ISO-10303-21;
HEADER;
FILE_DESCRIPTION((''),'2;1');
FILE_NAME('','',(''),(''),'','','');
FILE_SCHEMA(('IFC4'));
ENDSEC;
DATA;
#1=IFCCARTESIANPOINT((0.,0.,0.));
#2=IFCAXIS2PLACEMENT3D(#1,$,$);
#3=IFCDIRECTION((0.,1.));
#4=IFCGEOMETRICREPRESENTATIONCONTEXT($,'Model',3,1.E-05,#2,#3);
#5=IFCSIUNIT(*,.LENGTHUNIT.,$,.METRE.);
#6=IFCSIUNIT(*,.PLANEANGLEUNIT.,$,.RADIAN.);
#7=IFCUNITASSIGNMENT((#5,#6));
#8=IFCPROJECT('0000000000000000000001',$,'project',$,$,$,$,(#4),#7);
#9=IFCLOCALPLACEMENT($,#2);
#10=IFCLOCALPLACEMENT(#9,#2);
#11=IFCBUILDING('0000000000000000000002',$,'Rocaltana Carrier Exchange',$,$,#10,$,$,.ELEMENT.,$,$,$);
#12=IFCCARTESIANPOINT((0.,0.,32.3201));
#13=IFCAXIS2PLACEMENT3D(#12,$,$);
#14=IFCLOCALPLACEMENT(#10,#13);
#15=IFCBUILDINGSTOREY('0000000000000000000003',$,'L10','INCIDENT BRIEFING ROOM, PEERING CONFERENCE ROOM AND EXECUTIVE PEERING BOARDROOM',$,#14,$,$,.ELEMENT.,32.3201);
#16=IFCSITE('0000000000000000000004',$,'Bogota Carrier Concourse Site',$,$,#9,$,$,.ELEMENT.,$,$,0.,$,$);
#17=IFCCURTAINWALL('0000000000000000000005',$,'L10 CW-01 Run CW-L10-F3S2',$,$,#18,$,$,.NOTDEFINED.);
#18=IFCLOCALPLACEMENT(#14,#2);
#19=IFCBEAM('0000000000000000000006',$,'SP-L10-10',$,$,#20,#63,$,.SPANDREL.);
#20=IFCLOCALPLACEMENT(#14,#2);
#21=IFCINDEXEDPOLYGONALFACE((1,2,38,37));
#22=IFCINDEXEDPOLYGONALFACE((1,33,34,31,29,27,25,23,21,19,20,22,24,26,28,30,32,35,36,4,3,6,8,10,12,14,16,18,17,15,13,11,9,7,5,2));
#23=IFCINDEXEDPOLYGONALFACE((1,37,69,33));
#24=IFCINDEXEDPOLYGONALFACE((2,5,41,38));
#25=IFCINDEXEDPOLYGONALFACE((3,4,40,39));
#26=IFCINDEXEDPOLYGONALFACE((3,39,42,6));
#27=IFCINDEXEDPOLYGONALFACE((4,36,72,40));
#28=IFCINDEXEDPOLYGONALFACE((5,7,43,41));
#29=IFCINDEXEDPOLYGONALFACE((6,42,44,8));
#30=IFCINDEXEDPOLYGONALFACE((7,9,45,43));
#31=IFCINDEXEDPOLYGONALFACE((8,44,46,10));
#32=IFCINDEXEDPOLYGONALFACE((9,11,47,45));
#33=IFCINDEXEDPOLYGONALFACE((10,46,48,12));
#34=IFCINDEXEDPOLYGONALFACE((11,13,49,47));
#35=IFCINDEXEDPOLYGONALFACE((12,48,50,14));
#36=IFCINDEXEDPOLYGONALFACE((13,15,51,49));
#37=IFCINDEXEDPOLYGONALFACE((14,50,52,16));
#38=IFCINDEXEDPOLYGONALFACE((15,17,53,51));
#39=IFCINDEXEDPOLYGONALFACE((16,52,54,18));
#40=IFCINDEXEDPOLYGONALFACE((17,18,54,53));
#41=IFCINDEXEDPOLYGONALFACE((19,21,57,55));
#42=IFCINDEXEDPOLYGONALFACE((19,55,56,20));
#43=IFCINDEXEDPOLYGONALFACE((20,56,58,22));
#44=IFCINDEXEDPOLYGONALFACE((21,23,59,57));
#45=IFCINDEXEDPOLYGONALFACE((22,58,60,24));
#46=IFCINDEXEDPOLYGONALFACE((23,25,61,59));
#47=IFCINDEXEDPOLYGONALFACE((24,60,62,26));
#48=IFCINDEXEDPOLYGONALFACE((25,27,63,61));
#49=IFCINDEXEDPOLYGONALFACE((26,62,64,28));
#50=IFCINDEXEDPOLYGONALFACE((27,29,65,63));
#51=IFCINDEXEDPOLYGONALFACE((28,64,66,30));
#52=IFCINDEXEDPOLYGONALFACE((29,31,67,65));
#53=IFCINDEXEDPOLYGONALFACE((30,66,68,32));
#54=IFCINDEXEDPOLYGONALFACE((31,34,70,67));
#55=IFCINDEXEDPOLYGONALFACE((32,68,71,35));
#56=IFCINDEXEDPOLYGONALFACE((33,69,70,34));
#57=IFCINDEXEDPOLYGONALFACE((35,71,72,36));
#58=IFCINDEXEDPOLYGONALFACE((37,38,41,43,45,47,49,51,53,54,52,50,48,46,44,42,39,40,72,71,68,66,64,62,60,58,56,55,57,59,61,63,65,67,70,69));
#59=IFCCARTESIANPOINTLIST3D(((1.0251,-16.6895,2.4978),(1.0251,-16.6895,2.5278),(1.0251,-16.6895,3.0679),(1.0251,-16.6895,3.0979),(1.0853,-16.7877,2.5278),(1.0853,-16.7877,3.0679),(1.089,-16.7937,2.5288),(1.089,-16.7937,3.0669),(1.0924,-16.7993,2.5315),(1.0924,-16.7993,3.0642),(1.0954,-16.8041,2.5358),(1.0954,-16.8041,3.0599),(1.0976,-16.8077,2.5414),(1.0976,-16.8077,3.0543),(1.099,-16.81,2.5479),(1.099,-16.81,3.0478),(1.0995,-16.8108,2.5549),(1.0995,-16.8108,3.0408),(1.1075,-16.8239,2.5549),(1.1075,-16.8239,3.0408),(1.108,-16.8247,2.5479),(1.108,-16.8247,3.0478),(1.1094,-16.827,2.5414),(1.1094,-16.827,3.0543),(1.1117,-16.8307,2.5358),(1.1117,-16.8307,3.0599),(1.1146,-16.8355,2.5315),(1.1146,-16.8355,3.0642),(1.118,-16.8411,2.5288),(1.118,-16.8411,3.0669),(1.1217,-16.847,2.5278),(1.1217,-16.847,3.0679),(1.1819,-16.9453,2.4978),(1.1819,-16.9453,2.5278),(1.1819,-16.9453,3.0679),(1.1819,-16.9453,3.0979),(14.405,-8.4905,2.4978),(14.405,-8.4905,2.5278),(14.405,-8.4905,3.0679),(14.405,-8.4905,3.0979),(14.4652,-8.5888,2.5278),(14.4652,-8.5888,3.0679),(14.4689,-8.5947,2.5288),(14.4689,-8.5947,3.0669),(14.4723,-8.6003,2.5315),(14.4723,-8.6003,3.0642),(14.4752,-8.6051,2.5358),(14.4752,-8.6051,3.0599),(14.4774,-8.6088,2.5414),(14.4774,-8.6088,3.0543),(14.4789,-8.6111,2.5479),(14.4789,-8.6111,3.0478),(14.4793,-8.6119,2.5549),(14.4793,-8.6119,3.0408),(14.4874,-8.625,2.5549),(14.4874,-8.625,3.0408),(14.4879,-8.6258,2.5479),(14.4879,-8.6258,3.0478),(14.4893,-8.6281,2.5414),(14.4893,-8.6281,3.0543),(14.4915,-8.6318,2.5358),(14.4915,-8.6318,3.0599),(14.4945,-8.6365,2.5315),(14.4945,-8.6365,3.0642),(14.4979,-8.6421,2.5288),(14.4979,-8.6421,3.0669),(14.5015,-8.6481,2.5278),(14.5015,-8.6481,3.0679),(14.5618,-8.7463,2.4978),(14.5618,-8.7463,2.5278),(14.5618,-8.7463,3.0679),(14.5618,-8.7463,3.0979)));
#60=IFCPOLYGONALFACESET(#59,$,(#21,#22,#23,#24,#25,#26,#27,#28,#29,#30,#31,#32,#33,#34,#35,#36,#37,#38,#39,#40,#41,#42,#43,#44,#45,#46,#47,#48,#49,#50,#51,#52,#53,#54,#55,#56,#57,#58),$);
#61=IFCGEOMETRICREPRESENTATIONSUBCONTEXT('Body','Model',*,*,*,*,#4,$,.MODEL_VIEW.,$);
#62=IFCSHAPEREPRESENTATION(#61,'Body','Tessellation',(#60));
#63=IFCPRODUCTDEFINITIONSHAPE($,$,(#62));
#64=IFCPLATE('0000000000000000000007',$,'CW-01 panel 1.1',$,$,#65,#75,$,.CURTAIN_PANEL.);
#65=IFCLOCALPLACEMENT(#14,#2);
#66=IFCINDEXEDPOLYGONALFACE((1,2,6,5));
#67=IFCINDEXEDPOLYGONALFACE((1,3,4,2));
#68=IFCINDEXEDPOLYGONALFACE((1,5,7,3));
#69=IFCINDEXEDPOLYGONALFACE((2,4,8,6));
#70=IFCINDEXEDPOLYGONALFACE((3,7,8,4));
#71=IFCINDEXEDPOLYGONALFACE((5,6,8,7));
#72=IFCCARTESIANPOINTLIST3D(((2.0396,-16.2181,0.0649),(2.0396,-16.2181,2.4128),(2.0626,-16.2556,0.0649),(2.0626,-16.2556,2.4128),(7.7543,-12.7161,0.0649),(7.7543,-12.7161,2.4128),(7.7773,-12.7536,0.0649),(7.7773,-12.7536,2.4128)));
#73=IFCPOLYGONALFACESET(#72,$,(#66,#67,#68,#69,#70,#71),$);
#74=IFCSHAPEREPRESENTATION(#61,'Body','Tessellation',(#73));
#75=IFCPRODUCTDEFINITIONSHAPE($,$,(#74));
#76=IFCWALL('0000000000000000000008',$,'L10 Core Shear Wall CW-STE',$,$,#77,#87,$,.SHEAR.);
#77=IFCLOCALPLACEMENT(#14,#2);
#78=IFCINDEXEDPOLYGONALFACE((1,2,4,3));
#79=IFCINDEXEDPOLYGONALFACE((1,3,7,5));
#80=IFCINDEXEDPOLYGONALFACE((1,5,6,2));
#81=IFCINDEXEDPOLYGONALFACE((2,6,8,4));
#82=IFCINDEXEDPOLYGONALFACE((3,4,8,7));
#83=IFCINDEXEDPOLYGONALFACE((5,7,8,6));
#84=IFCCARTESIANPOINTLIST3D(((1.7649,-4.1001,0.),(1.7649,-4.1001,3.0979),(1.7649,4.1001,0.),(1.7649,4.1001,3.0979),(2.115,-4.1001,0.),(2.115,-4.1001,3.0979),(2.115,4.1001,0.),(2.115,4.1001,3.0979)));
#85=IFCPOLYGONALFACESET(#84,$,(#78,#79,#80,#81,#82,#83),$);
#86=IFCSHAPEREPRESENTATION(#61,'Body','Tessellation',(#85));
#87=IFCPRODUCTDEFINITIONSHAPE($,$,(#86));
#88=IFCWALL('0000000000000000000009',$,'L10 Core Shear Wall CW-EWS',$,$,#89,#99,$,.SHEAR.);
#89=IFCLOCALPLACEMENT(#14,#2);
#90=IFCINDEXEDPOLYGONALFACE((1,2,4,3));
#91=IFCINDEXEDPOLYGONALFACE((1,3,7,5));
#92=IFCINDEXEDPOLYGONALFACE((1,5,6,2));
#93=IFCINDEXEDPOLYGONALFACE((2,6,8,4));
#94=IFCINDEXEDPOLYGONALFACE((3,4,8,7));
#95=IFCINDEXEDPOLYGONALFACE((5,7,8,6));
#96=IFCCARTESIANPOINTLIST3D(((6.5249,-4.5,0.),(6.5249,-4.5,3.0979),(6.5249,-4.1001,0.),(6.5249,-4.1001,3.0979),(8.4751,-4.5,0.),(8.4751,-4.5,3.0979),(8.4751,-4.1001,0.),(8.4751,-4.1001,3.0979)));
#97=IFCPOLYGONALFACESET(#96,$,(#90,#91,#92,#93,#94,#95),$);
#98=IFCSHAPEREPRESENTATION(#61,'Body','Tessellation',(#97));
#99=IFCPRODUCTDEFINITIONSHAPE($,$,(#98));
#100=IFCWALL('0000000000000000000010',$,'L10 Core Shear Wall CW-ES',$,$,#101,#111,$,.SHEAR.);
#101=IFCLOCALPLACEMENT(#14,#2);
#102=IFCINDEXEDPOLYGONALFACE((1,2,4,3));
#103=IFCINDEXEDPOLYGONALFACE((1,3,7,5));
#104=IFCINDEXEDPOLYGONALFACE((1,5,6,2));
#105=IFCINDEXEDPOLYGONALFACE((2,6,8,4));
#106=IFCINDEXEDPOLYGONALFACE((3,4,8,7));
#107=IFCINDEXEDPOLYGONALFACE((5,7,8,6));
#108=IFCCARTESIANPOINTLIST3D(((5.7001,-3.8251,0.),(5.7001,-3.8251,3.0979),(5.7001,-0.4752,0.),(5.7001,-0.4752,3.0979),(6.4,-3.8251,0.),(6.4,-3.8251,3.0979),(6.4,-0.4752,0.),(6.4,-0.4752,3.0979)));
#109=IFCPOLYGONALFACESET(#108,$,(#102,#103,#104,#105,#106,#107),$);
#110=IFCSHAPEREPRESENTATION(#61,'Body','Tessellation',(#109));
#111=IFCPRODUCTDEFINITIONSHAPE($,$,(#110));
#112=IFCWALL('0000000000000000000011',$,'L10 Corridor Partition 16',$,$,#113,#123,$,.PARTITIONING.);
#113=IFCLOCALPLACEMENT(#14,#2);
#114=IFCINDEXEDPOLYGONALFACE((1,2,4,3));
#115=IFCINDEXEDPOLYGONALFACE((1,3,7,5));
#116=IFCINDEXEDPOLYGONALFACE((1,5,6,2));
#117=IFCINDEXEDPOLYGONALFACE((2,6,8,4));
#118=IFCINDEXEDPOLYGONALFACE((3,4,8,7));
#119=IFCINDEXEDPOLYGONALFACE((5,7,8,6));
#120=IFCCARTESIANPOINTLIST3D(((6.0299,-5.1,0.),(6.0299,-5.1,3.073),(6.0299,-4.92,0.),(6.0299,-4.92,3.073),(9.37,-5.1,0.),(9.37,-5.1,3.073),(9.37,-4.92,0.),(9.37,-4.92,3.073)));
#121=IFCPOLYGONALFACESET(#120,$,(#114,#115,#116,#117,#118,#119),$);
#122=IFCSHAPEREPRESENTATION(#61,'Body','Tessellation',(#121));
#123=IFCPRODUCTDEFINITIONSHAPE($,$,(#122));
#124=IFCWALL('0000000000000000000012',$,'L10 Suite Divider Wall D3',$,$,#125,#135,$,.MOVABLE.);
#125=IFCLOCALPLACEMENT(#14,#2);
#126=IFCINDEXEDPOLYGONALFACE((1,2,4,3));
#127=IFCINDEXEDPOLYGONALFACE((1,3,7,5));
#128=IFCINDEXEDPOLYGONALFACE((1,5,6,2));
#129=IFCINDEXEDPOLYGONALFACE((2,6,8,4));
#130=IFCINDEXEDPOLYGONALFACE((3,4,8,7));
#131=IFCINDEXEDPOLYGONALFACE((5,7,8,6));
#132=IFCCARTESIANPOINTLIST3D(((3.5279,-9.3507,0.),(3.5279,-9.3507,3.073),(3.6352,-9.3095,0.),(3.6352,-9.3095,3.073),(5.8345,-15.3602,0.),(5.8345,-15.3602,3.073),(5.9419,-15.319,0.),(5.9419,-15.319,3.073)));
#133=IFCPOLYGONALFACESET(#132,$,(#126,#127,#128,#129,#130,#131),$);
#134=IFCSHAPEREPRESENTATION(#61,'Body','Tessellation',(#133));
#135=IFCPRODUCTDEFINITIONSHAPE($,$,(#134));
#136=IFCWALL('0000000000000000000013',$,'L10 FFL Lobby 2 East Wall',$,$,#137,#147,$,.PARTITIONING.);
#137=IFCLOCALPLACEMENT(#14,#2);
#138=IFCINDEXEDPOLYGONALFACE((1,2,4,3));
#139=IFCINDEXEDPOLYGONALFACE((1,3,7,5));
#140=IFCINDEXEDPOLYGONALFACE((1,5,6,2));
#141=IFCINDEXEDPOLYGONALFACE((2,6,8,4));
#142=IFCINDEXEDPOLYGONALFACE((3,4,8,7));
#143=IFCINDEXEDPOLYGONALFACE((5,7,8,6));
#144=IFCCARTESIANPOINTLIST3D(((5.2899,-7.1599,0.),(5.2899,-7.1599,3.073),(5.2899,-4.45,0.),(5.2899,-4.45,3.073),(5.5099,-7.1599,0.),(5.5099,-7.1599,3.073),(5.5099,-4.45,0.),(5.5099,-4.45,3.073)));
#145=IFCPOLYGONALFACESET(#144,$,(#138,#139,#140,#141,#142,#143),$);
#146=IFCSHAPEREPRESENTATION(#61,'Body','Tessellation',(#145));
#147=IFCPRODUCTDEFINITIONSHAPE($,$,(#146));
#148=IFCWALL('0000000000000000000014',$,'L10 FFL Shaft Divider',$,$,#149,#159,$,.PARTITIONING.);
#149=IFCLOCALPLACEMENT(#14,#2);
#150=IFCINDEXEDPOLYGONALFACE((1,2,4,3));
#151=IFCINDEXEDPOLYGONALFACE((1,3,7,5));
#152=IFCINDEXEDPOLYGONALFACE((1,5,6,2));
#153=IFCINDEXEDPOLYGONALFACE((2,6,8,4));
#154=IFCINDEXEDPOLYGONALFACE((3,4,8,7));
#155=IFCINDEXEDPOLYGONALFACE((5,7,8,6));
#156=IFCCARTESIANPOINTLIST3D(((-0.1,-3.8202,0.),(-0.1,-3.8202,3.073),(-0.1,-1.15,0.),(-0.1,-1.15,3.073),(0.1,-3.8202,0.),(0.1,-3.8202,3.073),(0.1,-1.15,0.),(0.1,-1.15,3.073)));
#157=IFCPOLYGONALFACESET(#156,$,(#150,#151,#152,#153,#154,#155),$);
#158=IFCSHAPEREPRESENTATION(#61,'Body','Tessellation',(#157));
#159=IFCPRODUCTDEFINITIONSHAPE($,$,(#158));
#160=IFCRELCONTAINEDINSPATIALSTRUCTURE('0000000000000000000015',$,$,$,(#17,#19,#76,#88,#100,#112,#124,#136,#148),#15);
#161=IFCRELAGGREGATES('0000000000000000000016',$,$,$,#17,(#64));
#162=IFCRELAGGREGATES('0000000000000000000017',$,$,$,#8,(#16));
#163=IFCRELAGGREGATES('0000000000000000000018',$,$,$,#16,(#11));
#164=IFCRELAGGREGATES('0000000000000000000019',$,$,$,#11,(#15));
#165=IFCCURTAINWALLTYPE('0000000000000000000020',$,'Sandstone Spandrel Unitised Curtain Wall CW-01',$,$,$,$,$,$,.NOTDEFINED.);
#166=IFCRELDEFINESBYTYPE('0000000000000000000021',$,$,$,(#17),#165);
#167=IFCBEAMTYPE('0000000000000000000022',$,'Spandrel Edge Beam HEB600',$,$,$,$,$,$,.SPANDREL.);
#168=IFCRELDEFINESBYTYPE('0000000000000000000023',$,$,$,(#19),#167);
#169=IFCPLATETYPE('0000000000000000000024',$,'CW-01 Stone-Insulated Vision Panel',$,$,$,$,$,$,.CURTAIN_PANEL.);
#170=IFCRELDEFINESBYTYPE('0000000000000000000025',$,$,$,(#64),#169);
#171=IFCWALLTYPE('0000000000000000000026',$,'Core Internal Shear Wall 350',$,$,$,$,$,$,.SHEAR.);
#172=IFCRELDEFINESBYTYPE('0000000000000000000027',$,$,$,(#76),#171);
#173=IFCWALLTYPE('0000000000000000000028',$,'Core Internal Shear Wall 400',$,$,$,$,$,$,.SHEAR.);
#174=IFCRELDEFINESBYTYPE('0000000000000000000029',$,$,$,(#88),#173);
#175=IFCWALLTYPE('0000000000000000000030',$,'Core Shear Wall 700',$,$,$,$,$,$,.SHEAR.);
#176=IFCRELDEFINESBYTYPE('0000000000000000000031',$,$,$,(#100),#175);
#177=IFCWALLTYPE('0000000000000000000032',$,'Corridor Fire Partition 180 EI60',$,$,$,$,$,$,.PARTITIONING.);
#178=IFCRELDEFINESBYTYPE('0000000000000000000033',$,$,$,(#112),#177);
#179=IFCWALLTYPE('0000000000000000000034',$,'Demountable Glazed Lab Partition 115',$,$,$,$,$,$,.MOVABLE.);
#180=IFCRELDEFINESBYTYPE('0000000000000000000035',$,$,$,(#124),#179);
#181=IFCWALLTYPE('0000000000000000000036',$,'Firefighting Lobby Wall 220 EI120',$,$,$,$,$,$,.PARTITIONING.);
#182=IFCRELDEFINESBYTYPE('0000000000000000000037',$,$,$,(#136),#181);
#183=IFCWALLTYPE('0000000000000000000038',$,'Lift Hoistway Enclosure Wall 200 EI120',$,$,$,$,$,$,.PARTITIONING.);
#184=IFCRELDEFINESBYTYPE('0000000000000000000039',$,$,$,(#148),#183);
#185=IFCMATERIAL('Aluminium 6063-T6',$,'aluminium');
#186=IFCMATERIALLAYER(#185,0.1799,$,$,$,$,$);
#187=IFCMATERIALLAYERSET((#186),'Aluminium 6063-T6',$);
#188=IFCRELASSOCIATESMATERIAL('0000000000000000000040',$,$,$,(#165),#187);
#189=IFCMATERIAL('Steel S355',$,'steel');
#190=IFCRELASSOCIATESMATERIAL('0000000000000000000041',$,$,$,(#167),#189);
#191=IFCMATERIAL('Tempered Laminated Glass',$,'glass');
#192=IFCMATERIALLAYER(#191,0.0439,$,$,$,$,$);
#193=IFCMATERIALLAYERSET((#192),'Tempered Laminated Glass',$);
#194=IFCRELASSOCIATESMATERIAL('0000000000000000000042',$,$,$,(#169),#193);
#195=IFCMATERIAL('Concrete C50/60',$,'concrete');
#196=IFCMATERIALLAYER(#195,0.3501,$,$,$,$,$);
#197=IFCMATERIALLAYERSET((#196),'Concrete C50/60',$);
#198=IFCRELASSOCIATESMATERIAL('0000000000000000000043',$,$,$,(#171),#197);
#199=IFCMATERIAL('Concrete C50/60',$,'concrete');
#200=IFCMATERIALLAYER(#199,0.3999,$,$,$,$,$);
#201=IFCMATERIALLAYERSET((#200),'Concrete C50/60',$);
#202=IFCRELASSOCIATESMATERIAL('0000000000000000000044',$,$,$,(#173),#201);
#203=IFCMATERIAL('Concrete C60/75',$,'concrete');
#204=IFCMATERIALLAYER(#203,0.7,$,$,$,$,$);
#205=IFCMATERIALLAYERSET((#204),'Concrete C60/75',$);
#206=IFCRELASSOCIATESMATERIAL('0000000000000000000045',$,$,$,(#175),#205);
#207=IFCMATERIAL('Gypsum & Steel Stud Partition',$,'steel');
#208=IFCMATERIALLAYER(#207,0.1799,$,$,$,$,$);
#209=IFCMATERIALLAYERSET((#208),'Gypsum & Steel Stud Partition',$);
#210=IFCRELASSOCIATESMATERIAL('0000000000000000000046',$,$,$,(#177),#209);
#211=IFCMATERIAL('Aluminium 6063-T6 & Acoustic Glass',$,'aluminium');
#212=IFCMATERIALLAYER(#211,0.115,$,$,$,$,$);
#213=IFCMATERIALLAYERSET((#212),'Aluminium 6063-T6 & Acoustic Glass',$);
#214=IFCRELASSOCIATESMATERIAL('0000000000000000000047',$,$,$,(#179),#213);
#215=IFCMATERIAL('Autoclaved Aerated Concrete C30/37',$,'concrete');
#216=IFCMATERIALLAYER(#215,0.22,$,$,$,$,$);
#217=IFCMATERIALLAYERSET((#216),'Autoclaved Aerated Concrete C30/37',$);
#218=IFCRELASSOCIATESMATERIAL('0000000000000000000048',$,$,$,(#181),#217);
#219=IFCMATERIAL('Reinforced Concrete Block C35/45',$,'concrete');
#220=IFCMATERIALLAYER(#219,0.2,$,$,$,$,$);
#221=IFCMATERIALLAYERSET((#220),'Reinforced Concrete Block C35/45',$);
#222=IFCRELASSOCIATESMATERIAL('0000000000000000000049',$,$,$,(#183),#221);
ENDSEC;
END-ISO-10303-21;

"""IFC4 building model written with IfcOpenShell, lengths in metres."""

from ifc_helpers import new_model, si_unit, direction, frame, frame_2d, origin, origin_2d, place, context, subcontext, project, spatial, rectangle, i_section, extrude, material, layer, layer_set, material_profile, profile_set, type_object, element, aggregate, save


model = new_model("IFC4")

# Units and contexts
model_context = context("Model", 3, precision=1e-05, world=origin(), true_north=direction((0.0, 1.0)))
body_context = subcontext(model_context, "Body", "Model", "MODEL_VIEW")
ifc_project = project(units=[si_unit("LENGTHUNIT", "METRE"), si_unit("PLANEANGLEUNIT", "RADIAN")], contexts=[model_context])

# Site, building, storey
site_placement = place(None, origin())
site = spatial("IfcSite", under=ifc_project, at=site_placement, Name="Bogota Carrier Concourse Site", CompositionType="ELEMENT", RefElevation=0.0)
building_placement = place(site_placement, origin())
building = spatial("IfcBuilding", under=site, at=building_placement, Name="Rocaltana Carrier Exchange", CompositionType="ELEMENT")
storey_placement = place(building_placement, frame((0.0, 0.0, 32.3201)))
storey = spatial("IfcBuildingStorey", under=building, at=storey_placement, Name="L10", Description="INCIDENT BRIEFING ROOM, PEERING CONFERENCE ROOM AND EXECUTIVE PEERING BOARDROOM", CompositionType="ELEMENT", Elevation=32.3201)

# Curtain wall
ifc_material_1 = material(Name="Aluminium 6063-T6", Category="aluminium")
ifc_layer_1 = layer(ifc_material_1, 0.1799)
ifc_layer_set_1 = layer_set([ifc_layer_1], Name="Aluminium 6063-T6")
curtain_wall_type = type_object("IfcCurtainWallType", Name="Sandstone Spandrel Unitised Curtain Wall CW-01", PredefinedType="NOTDEFINED", material=ifc_layer_set_1)
curtain_wall_placement = place(storey_placement, origin())
curtain_wall = element("IfcCurtainWall", 1, at=curtain_wall_placement, inside=storey, type_object=curtain_wall_type, Name="L10 CW-01 Run CW-L10-F3S2", PredefinedType="NOTDEFINED")

# Beam
ifc_material_2 = material(Name="Steel S355", Category="steel")
ifc_material_profile_1 = material_profile(ifc_material_2, i_section(OverallWidth=0.3, OverallDepth=0.6001, WebThickness=0.0154, FlangeThickness=0.03, FilletRadius=0.0271, at=origin_2d()), Name="HEB600")
ifc_profile_set_1 = profile_set([ifc_material_profile_1], Name="Steel S355")
beam_type_1 = type_object("IfcBeamType", Name="Spandrel Edge Beam HEB600", PredefinedType="SPANDREL", material=ifc_profile_set_1)
beam_1_placement = place(storey_placement, frame((1.1035, -16.8174, 2.7979), z_axis=(0.852647, 0.522488, 0.0), x_axis=(-0.522488, 0.852647, 0.0)))
element("IfcBeam", 2, at=beam_1_placement, inside=storey, type_object=beam_type_1, Name="SP-L10-10", PredefinedType="SPANDREL", context=body_context, shape_type="SweptSolid", body=[
    extrude(i_section(OverallWidth=0.3, OverallDepth=0.6001, WebThickness=0.0154, FlangeThickness=0.03, FilletRadius=0.0271, at=origin_2d()), origin(), (0.0, 0.0, 1.0), 15.6921),
])

# Plate
ifc_material_3 = material(Name="Tempered Laminated Glass", Category="glass")
ifc_layer_2 = layer(ifc_material_3, 0.0439)
ifc_layer_set_2 = layer_set([ifc_layer_2], Name="Tempered Laminated Glass")
plate_type = type_object("IfcPlateType", Name="CW-01 Stone-Insulated Vision Panel", PredefinedType="CURTAIN_PANEL", material=ifc_layer_set_2)
plate_placement = place(storey_placement, frame((4.9084, -14.4858, 0.0649), z_axis=(0.0, 0.0, 1.0), x_axis=(0.852639, 0.5225, 0.0)))
plate = element("IfcPlate", 3, at=plate_placement, type_object=plate_type, Name="CW-01 panel 1.1", PredefinedType="CURTAIN_PANEL", context=body_context, shape_type="SweptSolid", body=[
    extrude(rectangle(XDim=6.7024, YDim=0.0439, at=origin_2d()), origin(), (0.0, 0.0, 1.0), 2.3479),
])
aggregate(curtain_wall, [plate])

# Walls
ifc_material_4 = material(Name="Concrete C50/60", Category="concrete")
ifc_layer_3 = layer(ifc_material_4, 0.3501)
ifc_layer_set_3 = layer_set([ifc_layer_3], Name="Concrete C50/60")
wall_type_1 = type_object("IfcWallType", Name="Core Internal Shear Wall 350", PredefinedType="SHEAR", material=ifc_layer_set_3)
wall_1_placement = place(storey_placement, frame((1.9399, -4.1001, 0.0), z_axis=(0.0, 0.0, 1.0), x_axis=(0.0, 1.0, 0.0)))
element("IfcWall", 4, at=wall_1_placement, inside=storey, type_object=wall_type_1, Name="L10 Core Shear Wall CW-STE", PredefinedType="SHEAR", context=body_context, shape_type="SweptSolid", body=[
    extrude(rectangle(XDim=8.2002, YDim=0.3501, at=frame_2d((4.1001, 0.0))), origin(), (0.0, 0.0, 1.0), 3.0979),
])
ifc_material_5 = material(Name="Concrete C50/60", Category="concrete")
ifc_layer_4 = layer(ifc_material_5, 0.3999)
ifc_layer_set_4 = layer_set([ifc_layer_4], Name="Concrete C50/60")
wall_type_2 = type_object("IfcWallType", Name="Core Internal Shear Wall 400", PredefinedType="SHEAR", material=ifc_layer_set_4)
wall_2_placement = place(storey_placement, frame((6.5249, -4.3, 0.0), z_axis=(0.0, 0.0, 1.0), x_axis=(1.0, 0.0, 0.0)))
element("IfcWall", 5, at=wall_2_placement, inside=storey, type_object=wall_type_2, Name="L10 Core Shear Wall CW-EWS", PredefinedType="SHEAR", context=body_context, shape_type="SweptSolid", body=[
    extrude(rectangle(XDim=1.9502, YDim=0.3999, at=frame_2d((0.9751, 0.0))), origin(), (0.0, 0.0, 1.0), 3.0979),
])
ifc_material_6 = material(Name="Concrete C60/75", Category="concrete")
ifc_layer_5 = layer(ifc_material_6, 0.7)
ifc_layer_set_5 = layer_set([ifc_layer_5], Name="Concrete C60/75")
wall_type_3 = type_object("IfcWallType", Name="Core Shear Wall 700", PredefinedType="SHEAR", material=ifc_layer_set_5)
wall_3_placement = place(storey_placement, frame((6.05, -3.825, 0.0), z_axis=(0.0, 0.0, 1.0), x_axis=(0.0, 1.0, 0.0)))
element("IfcWall", 6, at=wall_3_placement, inside=storey, type_object=wall_type_3, Name="L10 Core Shear Wall CW-ES", PredefinedType="SHEAR", context=body_context, shape_type="SweptSolid", body=[
    extrude(rectangle(XDim=3.3499, YDim=0.7, at=frame_2d((1.6748, 0.0))), origin(), (0.0, 0.0, 1.0), 3.0979),
])
ifc_material_7 = material(Name="Gypsum & Steel Stud Partition", Category="steel")
ifc_layer_6 = layer(ifc_material_7, 0.1799)
ifc_layer_set_6 = layer_set([ifc_layer_6], Name="Gypsum & Steel Stud Partition")
wall_type_4 = type_object("IfcWallType", Name="Corridor Fire Partition 180 EI60", PredefinedType="PARTITIONING", material=ifc_layer_set_6)
wall_4_placement = place(storey_placement, frame((6.03, -5.01, 0.0), z_axis=(0.0, 0.0, 1.0), x_axis=(1.0, 0.0, 0.0)))
element("IfcWall", 7, at=wall_4_placement, inside=storey, type_object=wall_type_4, Name="L10 Corridor Partition 16", PredefinedType="PARTITIONING", context=body_context, shape_type="SweptSolid", body=[
    extrude(rectangle(XDim=3.3401, YDim=0.1799, at=frame_2d((1.6699, 0.0))), origin(), (0.0, 0.0, 1.0), 3.073),
])
ifc_material_8 = material(Name="Aluminium 6063-T6 & Acoustic Glass", Category="aluminium")
ifc_layer_7 = layer(ifc_material_8, 0.115)
ifc_layer_set_7 = layer_set([ifc_layer_7], Name="Aluminium 6063-T6 & Acoustic Glass")
wall_type_5 = type_object("IfcWallType", Name="Demountable Glazed Lab Partition 115", PredefinedType="MOVABLE", material=ifc_layer_set_7)
wall_5_placement = place(storey_placement, frame((3.5815, -9.3301, 0.0), z_axis=(0.0, 0.0, 1.0), x_axis=(0.358341, -0.933591, 0.0)))
element("IfcWall", 8, at=wall_5_placement, inside=storey, type_object=wall_type_5, Name="L10 Suite Divider Wall D3", PredefinedType="MOVABLE", context=body_context, shape_type="SweptSolid", body=[
    extrude(rectangle(XDim=6.437, YDim=0.115, at=frame_2d((3.2185, 0.0))), origin(), (0.0, 0.0, 1.0), 3.073),
])
ifc_material_9 = material(Name="Autoclaved Aerated Concrete C30/37", Category="concrete")
ifc_layer_8 = layer(ifc_material_9, 0.22)
ifc_layer_set_8 = layer_set([ifc_layer_8], Name="Autoclaved Aerated Concrete C30/37")
wall_type_6 = type_object("IfcWallType", Name="Firefighting Lobby Wall 220 EI120", PredefinedType="PARTITIONING", material=ifc_layer_set_8)
wall_6_placement = place(storey_placement, frame((5.3999, -7.1599, 0.0), z_axis=(0.0, 0.0, 1.0), x_axis=(0.0, 1.0, 0.0)))
element("IfcWall", 9, at=wall_6_placement, inside=storey, type_object=wall_type_6, Name="L10 FFL Lobby 2 East Wall", PredefinedType="PARTITIONING", context=body_context, shape_type="SweptSolid", body=[
    extrude(rectangle(XDim=2.71, YDim=0.22, at=frame_2d((1.355, 0.0))), origin(), (0.0, 0.0, 1.0), 3.073),
])
ifc_material_10 = material(Name="Reinforced Concrete Block C35/45", Category="concrete")
ifc_layer_9 = layer(ifc_material_10, 0.2)
ifc_layer_set_9 = layer_set([ifc_layer_9], Name="Reinforced Concrete Block C35/45")
wall_type_7 = type_object("IfcWallType", Name="Lift Hoistway Enclosure Wall 200 EI120", PredefinedType="PARTITIONING", material=ifc_layer_set_9)
wall_7_placement = place(storey_placement, frame((0.0, -3.8201, 0.0), z_axis=(0.0, 0.0, 1.0), x_axis=(0.0, 1.0, 0.0)))
element("IfcWall", 10, at=wall_7_placement, inside=storey, type_object=wall_type_7, Name="L10 FFL Shaft Divider", PredefinedType="PARTITIONING", context=body_context, shape_type="SweptSolid", body=[
    extrude(rectangle(XDim=2.6702, YDim=0.2, at=frame_2d((1.335, 0.0))), origin(), (0.0, 0.0, 1.0), 3.073),
])

save(model, "model.ifc")
